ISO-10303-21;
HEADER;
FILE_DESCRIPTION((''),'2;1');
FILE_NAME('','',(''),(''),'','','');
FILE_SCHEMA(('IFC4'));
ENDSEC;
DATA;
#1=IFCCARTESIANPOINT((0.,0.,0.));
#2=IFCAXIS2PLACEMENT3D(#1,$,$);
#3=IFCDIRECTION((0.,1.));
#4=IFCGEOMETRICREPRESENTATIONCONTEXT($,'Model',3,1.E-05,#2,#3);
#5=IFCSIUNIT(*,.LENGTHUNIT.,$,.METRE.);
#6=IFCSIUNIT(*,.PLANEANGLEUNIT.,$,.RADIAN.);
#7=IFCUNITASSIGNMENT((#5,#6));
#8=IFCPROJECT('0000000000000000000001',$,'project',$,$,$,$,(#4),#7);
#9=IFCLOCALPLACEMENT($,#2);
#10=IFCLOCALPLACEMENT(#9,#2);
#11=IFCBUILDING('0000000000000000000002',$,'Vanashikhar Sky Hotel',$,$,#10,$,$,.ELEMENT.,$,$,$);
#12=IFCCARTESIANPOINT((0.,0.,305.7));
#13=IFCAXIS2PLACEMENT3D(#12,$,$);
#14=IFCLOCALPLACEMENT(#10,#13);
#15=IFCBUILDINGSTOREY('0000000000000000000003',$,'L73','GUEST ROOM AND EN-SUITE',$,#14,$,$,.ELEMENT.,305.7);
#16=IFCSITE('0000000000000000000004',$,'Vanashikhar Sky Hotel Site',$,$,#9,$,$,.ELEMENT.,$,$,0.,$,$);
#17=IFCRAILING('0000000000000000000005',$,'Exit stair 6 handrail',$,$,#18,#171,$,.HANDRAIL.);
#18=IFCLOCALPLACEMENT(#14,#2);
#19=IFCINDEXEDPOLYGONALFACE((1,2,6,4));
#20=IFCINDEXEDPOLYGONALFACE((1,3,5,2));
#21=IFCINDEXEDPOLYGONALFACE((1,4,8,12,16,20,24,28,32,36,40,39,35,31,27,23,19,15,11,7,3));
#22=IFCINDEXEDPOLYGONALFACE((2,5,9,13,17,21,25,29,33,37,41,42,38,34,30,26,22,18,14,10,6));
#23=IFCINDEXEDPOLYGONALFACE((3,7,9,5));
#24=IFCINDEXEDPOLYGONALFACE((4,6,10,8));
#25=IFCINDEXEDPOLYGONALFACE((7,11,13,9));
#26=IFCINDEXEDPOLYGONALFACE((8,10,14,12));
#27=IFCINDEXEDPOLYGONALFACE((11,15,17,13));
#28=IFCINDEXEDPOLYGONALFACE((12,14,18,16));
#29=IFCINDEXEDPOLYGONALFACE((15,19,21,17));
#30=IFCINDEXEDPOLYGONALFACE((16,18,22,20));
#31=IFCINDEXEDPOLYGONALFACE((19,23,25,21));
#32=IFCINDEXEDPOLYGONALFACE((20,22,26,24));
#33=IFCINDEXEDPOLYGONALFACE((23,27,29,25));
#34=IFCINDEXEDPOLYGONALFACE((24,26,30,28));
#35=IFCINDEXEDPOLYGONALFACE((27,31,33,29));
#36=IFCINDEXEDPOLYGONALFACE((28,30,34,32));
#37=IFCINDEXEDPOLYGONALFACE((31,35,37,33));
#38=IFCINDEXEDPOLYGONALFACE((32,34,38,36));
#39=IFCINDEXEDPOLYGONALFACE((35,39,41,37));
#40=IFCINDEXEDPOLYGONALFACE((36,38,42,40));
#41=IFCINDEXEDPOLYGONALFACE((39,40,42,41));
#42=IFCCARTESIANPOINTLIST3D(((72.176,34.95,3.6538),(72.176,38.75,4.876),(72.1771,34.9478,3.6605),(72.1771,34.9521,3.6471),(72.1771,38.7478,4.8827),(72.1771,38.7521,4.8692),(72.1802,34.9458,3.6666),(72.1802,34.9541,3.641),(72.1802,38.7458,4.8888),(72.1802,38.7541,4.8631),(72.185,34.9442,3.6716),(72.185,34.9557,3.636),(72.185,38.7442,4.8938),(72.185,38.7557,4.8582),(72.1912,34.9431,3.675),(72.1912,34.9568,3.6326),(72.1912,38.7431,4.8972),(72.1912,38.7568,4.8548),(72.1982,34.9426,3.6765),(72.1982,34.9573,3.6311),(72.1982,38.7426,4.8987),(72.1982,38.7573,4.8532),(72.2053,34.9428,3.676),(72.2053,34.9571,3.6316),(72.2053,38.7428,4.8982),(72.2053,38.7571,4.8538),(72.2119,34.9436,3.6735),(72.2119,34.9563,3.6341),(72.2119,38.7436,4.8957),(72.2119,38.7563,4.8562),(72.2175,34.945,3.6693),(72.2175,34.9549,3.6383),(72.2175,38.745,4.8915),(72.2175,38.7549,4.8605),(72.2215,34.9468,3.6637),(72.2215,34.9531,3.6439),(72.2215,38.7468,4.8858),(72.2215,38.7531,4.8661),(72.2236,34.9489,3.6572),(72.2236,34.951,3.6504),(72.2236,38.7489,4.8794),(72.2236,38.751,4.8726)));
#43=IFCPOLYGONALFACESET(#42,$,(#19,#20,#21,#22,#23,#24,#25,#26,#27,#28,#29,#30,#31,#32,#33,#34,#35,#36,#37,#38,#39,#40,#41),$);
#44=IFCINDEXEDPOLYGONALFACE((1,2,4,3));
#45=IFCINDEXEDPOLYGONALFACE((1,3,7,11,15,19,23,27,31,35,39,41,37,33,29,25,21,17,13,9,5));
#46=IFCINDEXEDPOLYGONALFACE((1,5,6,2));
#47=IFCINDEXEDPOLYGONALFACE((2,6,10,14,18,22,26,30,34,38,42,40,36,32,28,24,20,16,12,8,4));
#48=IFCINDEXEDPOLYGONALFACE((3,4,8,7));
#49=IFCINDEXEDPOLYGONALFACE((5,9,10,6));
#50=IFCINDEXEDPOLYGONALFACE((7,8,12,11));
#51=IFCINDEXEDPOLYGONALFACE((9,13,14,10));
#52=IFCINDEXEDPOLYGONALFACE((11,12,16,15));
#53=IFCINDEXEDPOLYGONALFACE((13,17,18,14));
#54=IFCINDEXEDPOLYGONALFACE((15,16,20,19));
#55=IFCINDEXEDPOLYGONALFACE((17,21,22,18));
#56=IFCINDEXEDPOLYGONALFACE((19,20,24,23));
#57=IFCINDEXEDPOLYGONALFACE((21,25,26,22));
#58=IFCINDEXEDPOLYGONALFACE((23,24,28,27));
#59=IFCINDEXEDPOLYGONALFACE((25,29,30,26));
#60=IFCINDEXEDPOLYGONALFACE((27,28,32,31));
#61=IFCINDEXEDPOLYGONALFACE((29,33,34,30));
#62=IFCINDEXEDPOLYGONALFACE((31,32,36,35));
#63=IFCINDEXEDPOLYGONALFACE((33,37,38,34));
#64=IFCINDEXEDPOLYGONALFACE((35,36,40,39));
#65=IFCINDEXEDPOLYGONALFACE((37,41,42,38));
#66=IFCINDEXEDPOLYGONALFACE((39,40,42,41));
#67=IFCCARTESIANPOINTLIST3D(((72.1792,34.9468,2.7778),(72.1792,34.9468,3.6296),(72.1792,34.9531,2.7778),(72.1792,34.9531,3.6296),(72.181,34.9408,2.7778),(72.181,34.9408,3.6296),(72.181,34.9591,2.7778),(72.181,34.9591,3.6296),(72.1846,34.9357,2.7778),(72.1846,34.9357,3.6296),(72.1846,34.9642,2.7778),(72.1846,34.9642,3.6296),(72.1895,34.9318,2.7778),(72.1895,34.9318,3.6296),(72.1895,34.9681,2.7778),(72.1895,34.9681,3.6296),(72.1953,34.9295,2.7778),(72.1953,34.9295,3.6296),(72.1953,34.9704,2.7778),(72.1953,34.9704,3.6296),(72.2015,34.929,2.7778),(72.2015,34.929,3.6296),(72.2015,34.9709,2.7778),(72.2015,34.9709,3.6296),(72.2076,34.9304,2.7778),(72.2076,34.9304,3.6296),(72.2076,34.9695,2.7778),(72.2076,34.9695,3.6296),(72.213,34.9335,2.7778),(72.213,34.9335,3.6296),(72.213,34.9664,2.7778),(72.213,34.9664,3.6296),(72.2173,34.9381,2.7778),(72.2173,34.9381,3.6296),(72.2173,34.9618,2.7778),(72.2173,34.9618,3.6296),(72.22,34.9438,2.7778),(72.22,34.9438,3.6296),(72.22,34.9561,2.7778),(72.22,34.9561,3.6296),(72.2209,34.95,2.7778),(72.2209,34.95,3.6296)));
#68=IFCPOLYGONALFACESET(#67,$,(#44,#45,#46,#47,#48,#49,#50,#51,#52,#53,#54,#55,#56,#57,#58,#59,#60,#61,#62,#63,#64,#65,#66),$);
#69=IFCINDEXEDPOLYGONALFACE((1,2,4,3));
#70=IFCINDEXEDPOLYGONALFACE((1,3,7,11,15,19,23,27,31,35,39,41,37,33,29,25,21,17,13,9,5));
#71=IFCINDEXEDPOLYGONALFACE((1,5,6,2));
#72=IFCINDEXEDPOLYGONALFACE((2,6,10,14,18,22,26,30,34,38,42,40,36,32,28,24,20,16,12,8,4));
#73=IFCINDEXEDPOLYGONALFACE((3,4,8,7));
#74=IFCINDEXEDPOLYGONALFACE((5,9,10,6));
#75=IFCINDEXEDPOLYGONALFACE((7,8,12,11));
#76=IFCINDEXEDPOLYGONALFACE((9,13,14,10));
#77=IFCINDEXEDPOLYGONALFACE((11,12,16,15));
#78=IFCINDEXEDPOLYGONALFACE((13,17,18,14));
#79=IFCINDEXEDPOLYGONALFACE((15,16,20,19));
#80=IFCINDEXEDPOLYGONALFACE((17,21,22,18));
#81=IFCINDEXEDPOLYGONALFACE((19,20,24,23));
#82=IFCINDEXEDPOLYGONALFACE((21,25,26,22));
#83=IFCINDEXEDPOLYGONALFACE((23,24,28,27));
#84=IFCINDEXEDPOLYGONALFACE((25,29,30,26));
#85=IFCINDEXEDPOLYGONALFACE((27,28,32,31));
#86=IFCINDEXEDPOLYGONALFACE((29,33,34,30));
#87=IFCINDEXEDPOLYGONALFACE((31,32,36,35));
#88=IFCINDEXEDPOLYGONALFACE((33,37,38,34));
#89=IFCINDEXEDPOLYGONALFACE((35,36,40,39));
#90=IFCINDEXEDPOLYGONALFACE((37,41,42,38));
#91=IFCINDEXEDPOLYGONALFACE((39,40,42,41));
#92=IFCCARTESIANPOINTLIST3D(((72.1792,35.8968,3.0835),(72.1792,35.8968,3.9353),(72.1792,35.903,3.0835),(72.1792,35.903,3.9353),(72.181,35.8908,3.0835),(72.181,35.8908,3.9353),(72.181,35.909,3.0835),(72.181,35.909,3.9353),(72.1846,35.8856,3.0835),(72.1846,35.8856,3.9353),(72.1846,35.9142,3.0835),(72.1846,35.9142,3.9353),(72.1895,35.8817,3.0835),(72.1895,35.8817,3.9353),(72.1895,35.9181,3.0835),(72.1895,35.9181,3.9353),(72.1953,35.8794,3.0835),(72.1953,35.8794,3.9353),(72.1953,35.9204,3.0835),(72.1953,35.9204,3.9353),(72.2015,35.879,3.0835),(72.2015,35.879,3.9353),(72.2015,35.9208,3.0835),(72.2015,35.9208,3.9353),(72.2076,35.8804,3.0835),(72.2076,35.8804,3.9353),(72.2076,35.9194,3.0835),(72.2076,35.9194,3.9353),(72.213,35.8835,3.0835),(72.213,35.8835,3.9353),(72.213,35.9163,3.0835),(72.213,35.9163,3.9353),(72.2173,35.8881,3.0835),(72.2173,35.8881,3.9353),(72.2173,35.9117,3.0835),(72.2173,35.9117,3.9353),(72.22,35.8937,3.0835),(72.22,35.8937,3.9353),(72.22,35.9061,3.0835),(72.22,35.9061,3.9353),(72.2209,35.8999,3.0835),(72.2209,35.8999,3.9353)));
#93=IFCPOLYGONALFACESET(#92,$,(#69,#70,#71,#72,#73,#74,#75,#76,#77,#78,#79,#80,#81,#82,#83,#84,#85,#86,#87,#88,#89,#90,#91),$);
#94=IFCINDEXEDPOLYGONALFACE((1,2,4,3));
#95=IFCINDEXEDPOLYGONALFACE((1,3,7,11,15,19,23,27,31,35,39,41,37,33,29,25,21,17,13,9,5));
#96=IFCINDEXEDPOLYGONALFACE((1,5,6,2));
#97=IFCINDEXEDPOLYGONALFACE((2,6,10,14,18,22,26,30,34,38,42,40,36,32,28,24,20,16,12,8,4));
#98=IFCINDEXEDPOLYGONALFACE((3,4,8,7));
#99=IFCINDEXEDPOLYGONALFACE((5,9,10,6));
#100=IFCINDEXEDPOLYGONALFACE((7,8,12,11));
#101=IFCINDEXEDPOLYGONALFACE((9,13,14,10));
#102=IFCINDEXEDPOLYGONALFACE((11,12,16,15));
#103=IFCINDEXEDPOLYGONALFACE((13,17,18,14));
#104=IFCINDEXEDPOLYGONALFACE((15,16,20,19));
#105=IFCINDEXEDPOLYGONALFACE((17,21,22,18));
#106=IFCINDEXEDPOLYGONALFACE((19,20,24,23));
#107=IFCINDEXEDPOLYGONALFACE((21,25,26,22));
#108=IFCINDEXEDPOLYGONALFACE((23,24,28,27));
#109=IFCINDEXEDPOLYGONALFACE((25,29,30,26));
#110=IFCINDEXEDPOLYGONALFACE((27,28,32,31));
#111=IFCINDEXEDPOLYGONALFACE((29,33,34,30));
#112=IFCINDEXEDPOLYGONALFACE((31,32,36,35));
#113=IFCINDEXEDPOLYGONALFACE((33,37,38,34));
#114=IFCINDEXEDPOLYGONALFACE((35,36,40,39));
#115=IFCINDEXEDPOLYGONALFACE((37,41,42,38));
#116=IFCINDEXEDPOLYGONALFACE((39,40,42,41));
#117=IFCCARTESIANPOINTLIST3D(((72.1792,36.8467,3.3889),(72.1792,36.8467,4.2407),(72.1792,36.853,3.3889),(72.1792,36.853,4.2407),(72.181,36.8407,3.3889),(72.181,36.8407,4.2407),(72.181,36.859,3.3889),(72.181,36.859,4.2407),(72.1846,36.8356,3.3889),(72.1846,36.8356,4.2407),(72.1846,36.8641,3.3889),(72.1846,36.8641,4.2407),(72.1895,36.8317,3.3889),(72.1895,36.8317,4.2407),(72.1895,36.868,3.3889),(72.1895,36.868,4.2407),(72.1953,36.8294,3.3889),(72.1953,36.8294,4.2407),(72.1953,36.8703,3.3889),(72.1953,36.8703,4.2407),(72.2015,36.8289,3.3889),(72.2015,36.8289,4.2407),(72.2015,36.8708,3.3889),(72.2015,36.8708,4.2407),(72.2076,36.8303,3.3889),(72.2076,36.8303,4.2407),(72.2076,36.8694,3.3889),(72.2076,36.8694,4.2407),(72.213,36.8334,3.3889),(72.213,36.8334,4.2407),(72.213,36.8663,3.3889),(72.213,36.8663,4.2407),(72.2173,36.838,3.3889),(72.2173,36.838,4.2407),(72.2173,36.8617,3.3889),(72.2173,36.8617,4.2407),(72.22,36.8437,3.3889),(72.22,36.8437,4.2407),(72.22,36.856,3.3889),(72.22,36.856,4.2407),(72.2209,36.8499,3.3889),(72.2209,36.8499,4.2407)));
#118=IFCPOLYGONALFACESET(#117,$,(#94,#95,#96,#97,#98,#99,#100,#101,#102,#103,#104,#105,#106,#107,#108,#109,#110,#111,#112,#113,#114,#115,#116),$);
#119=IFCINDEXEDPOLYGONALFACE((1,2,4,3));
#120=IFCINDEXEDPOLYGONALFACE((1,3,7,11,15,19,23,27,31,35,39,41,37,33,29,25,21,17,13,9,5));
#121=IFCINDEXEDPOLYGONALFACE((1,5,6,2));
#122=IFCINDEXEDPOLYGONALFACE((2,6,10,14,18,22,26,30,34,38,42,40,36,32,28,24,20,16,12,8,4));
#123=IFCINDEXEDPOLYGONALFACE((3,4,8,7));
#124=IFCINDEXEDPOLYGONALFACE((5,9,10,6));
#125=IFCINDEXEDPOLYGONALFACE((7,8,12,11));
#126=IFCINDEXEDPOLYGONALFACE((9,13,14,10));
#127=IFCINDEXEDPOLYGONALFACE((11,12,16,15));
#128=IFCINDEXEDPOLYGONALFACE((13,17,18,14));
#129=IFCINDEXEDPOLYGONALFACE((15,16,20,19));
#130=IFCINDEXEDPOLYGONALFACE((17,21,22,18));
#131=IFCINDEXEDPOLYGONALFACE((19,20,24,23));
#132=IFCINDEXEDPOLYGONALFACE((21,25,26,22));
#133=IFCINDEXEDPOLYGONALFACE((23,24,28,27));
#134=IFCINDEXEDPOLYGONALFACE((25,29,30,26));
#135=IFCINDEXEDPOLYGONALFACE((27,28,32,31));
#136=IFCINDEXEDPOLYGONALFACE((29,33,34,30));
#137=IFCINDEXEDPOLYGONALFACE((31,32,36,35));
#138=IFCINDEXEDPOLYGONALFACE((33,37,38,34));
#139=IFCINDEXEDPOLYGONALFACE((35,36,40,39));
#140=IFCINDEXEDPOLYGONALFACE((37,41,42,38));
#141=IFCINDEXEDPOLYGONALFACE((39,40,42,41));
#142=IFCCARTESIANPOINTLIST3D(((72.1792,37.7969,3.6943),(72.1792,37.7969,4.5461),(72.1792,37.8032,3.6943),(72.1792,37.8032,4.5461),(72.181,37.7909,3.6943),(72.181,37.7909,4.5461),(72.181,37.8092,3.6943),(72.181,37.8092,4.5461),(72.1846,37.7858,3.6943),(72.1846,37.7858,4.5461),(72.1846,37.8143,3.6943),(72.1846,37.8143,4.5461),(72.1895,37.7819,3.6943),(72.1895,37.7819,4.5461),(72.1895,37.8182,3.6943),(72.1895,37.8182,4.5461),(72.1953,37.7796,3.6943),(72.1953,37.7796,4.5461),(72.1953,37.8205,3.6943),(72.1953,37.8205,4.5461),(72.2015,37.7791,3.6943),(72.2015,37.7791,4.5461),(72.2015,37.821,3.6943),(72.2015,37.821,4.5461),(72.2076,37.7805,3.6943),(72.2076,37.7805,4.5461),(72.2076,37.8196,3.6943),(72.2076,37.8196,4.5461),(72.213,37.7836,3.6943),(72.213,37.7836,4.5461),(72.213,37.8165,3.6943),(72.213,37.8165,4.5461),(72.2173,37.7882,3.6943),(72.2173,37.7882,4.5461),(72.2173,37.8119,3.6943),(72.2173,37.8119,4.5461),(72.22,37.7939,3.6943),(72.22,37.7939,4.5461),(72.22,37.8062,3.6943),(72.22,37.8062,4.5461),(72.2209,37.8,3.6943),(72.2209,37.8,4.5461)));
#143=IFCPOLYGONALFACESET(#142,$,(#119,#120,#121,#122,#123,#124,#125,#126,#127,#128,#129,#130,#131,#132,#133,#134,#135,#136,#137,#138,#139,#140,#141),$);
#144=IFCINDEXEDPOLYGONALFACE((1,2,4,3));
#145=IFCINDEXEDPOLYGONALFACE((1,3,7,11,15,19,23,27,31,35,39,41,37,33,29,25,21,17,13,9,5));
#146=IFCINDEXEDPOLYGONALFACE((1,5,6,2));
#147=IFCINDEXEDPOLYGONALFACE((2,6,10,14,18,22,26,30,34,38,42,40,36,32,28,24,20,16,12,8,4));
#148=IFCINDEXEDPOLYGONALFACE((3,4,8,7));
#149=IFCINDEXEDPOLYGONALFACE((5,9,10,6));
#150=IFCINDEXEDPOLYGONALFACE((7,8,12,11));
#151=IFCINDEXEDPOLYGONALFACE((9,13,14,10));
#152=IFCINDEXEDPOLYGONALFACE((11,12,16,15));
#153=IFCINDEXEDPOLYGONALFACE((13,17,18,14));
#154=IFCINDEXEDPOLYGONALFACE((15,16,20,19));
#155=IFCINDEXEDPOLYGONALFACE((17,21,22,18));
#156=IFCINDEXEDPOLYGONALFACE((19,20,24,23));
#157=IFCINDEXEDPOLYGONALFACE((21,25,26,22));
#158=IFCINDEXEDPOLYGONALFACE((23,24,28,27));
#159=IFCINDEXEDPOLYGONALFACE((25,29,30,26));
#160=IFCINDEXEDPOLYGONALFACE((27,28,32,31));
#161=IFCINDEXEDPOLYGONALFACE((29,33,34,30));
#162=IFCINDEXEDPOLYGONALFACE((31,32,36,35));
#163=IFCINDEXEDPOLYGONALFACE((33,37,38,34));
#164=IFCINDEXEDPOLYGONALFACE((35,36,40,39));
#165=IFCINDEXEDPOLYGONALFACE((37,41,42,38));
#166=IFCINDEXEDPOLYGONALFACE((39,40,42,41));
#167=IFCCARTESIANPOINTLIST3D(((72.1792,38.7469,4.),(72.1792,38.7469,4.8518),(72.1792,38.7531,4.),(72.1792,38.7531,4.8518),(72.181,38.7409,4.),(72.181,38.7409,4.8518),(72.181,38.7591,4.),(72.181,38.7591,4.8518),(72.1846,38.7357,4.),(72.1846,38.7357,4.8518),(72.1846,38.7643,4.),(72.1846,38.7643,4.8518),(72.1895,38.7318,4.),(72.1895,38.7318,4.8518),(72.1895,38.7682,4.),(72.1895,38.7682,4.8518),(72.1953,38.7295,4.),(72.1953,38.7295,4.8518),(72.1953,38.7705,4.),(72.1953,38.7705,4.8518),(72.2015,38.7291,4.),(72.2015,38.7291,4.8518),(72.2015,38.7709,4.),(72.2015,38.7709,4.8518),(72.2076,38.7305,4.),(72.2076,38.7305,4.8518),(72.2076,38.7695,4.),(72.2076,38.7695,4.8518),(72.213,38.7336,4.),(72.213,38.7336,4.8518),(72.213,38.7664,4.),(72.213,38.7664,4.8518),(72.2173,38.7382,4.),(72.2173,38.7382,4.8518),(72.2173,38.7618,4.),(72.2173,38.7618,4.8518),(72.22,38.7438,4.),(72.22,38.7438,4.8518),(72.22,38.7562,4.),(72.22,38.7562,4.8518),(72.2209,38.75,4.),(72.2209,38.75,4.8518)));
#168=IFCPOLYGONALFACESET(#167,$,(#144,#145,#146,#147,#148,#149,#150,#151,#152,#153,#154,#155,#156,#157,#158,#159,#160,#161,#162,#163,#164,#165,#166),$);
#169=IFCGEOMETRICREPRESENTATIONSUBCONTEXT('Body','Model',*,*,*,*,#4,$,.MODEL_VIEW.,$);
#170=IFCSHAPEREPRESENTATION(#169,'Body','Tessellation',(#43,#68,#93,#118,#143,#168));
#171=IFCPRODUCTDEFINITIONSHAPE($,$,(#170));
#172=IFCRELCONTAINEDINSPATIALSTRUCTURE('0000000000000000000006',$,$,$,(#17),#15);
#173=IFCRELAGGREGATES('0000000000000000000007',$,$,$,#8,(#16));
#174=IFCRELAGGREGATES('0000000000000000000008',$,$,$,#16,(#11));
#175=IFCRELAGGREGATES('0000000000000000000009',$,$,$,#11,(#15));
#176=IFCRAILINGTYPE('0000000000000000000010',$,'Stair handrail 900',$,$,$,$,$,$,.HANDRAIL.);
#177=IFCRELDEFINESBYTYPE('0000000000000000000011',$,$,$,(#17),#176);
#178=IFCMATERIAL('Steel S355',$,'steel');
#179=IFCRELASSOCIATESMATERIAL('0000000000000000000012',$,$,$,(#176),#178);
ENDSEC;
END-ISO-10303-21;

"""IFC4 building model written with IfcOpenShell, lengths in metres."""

from ifc_helpers import new_model, si_unit, direction, frame, origin, origin_2d, place, context, subcontext, project, spatial, circle, extrude, source, transform, mapped, material, type_object, element, save


model = new_model("IFC4")

# Units and contexts
model_context = context("Model", 3, precision=1e-05, world=origin(), true_north=direction((0.0, 1.0)))
body_context = subcontext(model_context, "Body", "Model", "MODEL_VIEW")
ifc_project = project(units=[si_unit("LENGTHUNIT", "METRE"), si_unit("PLANEANGLEUNIT", "RADIAN")], contexts=[model_context])

# Site, building, storey
site_placement = place(None, origin())
site = spatial("IfcSite", under=ifc_project, at=site_placement, Name="Vanashikhar Sky Hotel Site", CompositionType="ELEMENT", RefElevation=0.0)
building_placement = place(site_placement, origin())
building = spatial("IfcBuilding", under=site, at=building_placement, Name="Vanashikhar Sky Hotel", CompositionType="ELEMENT")
storey_placement = place(building_placement, frame((0.0, 0.0, 305.7)))
storey = spatial("IfcBuildingStorey", under=building, at=storey_placement, Name="L73", Description="GUEST ROOM AND EN-SUITE", CompositionType="ELEMENT", Elevation=305.7)

# Railing
ifc_material_1 = material(Name="Steel S355", Category="steel")
railing_type_1 = type_object("IfcRailingType", Name="Stair handrail 900", PredefinedType="HANDRAIL", material=ifc_material_1)
shared_shape_1 = source(origin(), body_context, "Body", "SweptSolid", [
    extrude(circle(Radius=0.0239, at=origin_2d()), frame((0.0, 0.0, 0.876), z_axis=(0.0, 0.951976, 0.306173), x_axis=(-1.0, 0.0, 0.0)), (0.0, 0.0, 1.0), 3.9917),
    extrude(circle(Radius=0.021, at=origin_2d()), origin(), (0.0, 0.0, 1.0), 0.8518),
    extrude(circle(Radius=0.021, at=origin_2d()), frame((0.0, 0.95, 0.3057)), (0.0, 0.0, 1.0), 0.8518),
    extrude(circle(Radius=0.021, at=origin_2d()), frame((0.0, 1.8999, 0.6111)), (0.0, 0.0, 1.0), 0.8518),
    extrude(circle(Radius=0.021, at=origin_2d()), frame((0.0, 2.8501, 0.9165)), (0.0, 0.0, 1.0), 0.8518),
    extrude(circle(Radius=0.021, at=origin_2d()), frame((0.0, 3.8, 1.2222)), (0.0, 0.0, 1.0), 0.8518),
])
railing_1_placement = place(storey_placement, frame((72.2, 34.95, 2.7778)))
element("IfcRailing", 1, at=railing_1_placement, inside=storey, type_object=railing_type_1, Name="Exit stair 6 handrail", PredefinedType="HANDRAIL", context=body_context, shape_type="MappedRepresentation", body=[
    mapped(shared_shape_1, transform((0.0, 0.0, 0.0), scale=1.0)),
])

save(model, "model.ifc")
